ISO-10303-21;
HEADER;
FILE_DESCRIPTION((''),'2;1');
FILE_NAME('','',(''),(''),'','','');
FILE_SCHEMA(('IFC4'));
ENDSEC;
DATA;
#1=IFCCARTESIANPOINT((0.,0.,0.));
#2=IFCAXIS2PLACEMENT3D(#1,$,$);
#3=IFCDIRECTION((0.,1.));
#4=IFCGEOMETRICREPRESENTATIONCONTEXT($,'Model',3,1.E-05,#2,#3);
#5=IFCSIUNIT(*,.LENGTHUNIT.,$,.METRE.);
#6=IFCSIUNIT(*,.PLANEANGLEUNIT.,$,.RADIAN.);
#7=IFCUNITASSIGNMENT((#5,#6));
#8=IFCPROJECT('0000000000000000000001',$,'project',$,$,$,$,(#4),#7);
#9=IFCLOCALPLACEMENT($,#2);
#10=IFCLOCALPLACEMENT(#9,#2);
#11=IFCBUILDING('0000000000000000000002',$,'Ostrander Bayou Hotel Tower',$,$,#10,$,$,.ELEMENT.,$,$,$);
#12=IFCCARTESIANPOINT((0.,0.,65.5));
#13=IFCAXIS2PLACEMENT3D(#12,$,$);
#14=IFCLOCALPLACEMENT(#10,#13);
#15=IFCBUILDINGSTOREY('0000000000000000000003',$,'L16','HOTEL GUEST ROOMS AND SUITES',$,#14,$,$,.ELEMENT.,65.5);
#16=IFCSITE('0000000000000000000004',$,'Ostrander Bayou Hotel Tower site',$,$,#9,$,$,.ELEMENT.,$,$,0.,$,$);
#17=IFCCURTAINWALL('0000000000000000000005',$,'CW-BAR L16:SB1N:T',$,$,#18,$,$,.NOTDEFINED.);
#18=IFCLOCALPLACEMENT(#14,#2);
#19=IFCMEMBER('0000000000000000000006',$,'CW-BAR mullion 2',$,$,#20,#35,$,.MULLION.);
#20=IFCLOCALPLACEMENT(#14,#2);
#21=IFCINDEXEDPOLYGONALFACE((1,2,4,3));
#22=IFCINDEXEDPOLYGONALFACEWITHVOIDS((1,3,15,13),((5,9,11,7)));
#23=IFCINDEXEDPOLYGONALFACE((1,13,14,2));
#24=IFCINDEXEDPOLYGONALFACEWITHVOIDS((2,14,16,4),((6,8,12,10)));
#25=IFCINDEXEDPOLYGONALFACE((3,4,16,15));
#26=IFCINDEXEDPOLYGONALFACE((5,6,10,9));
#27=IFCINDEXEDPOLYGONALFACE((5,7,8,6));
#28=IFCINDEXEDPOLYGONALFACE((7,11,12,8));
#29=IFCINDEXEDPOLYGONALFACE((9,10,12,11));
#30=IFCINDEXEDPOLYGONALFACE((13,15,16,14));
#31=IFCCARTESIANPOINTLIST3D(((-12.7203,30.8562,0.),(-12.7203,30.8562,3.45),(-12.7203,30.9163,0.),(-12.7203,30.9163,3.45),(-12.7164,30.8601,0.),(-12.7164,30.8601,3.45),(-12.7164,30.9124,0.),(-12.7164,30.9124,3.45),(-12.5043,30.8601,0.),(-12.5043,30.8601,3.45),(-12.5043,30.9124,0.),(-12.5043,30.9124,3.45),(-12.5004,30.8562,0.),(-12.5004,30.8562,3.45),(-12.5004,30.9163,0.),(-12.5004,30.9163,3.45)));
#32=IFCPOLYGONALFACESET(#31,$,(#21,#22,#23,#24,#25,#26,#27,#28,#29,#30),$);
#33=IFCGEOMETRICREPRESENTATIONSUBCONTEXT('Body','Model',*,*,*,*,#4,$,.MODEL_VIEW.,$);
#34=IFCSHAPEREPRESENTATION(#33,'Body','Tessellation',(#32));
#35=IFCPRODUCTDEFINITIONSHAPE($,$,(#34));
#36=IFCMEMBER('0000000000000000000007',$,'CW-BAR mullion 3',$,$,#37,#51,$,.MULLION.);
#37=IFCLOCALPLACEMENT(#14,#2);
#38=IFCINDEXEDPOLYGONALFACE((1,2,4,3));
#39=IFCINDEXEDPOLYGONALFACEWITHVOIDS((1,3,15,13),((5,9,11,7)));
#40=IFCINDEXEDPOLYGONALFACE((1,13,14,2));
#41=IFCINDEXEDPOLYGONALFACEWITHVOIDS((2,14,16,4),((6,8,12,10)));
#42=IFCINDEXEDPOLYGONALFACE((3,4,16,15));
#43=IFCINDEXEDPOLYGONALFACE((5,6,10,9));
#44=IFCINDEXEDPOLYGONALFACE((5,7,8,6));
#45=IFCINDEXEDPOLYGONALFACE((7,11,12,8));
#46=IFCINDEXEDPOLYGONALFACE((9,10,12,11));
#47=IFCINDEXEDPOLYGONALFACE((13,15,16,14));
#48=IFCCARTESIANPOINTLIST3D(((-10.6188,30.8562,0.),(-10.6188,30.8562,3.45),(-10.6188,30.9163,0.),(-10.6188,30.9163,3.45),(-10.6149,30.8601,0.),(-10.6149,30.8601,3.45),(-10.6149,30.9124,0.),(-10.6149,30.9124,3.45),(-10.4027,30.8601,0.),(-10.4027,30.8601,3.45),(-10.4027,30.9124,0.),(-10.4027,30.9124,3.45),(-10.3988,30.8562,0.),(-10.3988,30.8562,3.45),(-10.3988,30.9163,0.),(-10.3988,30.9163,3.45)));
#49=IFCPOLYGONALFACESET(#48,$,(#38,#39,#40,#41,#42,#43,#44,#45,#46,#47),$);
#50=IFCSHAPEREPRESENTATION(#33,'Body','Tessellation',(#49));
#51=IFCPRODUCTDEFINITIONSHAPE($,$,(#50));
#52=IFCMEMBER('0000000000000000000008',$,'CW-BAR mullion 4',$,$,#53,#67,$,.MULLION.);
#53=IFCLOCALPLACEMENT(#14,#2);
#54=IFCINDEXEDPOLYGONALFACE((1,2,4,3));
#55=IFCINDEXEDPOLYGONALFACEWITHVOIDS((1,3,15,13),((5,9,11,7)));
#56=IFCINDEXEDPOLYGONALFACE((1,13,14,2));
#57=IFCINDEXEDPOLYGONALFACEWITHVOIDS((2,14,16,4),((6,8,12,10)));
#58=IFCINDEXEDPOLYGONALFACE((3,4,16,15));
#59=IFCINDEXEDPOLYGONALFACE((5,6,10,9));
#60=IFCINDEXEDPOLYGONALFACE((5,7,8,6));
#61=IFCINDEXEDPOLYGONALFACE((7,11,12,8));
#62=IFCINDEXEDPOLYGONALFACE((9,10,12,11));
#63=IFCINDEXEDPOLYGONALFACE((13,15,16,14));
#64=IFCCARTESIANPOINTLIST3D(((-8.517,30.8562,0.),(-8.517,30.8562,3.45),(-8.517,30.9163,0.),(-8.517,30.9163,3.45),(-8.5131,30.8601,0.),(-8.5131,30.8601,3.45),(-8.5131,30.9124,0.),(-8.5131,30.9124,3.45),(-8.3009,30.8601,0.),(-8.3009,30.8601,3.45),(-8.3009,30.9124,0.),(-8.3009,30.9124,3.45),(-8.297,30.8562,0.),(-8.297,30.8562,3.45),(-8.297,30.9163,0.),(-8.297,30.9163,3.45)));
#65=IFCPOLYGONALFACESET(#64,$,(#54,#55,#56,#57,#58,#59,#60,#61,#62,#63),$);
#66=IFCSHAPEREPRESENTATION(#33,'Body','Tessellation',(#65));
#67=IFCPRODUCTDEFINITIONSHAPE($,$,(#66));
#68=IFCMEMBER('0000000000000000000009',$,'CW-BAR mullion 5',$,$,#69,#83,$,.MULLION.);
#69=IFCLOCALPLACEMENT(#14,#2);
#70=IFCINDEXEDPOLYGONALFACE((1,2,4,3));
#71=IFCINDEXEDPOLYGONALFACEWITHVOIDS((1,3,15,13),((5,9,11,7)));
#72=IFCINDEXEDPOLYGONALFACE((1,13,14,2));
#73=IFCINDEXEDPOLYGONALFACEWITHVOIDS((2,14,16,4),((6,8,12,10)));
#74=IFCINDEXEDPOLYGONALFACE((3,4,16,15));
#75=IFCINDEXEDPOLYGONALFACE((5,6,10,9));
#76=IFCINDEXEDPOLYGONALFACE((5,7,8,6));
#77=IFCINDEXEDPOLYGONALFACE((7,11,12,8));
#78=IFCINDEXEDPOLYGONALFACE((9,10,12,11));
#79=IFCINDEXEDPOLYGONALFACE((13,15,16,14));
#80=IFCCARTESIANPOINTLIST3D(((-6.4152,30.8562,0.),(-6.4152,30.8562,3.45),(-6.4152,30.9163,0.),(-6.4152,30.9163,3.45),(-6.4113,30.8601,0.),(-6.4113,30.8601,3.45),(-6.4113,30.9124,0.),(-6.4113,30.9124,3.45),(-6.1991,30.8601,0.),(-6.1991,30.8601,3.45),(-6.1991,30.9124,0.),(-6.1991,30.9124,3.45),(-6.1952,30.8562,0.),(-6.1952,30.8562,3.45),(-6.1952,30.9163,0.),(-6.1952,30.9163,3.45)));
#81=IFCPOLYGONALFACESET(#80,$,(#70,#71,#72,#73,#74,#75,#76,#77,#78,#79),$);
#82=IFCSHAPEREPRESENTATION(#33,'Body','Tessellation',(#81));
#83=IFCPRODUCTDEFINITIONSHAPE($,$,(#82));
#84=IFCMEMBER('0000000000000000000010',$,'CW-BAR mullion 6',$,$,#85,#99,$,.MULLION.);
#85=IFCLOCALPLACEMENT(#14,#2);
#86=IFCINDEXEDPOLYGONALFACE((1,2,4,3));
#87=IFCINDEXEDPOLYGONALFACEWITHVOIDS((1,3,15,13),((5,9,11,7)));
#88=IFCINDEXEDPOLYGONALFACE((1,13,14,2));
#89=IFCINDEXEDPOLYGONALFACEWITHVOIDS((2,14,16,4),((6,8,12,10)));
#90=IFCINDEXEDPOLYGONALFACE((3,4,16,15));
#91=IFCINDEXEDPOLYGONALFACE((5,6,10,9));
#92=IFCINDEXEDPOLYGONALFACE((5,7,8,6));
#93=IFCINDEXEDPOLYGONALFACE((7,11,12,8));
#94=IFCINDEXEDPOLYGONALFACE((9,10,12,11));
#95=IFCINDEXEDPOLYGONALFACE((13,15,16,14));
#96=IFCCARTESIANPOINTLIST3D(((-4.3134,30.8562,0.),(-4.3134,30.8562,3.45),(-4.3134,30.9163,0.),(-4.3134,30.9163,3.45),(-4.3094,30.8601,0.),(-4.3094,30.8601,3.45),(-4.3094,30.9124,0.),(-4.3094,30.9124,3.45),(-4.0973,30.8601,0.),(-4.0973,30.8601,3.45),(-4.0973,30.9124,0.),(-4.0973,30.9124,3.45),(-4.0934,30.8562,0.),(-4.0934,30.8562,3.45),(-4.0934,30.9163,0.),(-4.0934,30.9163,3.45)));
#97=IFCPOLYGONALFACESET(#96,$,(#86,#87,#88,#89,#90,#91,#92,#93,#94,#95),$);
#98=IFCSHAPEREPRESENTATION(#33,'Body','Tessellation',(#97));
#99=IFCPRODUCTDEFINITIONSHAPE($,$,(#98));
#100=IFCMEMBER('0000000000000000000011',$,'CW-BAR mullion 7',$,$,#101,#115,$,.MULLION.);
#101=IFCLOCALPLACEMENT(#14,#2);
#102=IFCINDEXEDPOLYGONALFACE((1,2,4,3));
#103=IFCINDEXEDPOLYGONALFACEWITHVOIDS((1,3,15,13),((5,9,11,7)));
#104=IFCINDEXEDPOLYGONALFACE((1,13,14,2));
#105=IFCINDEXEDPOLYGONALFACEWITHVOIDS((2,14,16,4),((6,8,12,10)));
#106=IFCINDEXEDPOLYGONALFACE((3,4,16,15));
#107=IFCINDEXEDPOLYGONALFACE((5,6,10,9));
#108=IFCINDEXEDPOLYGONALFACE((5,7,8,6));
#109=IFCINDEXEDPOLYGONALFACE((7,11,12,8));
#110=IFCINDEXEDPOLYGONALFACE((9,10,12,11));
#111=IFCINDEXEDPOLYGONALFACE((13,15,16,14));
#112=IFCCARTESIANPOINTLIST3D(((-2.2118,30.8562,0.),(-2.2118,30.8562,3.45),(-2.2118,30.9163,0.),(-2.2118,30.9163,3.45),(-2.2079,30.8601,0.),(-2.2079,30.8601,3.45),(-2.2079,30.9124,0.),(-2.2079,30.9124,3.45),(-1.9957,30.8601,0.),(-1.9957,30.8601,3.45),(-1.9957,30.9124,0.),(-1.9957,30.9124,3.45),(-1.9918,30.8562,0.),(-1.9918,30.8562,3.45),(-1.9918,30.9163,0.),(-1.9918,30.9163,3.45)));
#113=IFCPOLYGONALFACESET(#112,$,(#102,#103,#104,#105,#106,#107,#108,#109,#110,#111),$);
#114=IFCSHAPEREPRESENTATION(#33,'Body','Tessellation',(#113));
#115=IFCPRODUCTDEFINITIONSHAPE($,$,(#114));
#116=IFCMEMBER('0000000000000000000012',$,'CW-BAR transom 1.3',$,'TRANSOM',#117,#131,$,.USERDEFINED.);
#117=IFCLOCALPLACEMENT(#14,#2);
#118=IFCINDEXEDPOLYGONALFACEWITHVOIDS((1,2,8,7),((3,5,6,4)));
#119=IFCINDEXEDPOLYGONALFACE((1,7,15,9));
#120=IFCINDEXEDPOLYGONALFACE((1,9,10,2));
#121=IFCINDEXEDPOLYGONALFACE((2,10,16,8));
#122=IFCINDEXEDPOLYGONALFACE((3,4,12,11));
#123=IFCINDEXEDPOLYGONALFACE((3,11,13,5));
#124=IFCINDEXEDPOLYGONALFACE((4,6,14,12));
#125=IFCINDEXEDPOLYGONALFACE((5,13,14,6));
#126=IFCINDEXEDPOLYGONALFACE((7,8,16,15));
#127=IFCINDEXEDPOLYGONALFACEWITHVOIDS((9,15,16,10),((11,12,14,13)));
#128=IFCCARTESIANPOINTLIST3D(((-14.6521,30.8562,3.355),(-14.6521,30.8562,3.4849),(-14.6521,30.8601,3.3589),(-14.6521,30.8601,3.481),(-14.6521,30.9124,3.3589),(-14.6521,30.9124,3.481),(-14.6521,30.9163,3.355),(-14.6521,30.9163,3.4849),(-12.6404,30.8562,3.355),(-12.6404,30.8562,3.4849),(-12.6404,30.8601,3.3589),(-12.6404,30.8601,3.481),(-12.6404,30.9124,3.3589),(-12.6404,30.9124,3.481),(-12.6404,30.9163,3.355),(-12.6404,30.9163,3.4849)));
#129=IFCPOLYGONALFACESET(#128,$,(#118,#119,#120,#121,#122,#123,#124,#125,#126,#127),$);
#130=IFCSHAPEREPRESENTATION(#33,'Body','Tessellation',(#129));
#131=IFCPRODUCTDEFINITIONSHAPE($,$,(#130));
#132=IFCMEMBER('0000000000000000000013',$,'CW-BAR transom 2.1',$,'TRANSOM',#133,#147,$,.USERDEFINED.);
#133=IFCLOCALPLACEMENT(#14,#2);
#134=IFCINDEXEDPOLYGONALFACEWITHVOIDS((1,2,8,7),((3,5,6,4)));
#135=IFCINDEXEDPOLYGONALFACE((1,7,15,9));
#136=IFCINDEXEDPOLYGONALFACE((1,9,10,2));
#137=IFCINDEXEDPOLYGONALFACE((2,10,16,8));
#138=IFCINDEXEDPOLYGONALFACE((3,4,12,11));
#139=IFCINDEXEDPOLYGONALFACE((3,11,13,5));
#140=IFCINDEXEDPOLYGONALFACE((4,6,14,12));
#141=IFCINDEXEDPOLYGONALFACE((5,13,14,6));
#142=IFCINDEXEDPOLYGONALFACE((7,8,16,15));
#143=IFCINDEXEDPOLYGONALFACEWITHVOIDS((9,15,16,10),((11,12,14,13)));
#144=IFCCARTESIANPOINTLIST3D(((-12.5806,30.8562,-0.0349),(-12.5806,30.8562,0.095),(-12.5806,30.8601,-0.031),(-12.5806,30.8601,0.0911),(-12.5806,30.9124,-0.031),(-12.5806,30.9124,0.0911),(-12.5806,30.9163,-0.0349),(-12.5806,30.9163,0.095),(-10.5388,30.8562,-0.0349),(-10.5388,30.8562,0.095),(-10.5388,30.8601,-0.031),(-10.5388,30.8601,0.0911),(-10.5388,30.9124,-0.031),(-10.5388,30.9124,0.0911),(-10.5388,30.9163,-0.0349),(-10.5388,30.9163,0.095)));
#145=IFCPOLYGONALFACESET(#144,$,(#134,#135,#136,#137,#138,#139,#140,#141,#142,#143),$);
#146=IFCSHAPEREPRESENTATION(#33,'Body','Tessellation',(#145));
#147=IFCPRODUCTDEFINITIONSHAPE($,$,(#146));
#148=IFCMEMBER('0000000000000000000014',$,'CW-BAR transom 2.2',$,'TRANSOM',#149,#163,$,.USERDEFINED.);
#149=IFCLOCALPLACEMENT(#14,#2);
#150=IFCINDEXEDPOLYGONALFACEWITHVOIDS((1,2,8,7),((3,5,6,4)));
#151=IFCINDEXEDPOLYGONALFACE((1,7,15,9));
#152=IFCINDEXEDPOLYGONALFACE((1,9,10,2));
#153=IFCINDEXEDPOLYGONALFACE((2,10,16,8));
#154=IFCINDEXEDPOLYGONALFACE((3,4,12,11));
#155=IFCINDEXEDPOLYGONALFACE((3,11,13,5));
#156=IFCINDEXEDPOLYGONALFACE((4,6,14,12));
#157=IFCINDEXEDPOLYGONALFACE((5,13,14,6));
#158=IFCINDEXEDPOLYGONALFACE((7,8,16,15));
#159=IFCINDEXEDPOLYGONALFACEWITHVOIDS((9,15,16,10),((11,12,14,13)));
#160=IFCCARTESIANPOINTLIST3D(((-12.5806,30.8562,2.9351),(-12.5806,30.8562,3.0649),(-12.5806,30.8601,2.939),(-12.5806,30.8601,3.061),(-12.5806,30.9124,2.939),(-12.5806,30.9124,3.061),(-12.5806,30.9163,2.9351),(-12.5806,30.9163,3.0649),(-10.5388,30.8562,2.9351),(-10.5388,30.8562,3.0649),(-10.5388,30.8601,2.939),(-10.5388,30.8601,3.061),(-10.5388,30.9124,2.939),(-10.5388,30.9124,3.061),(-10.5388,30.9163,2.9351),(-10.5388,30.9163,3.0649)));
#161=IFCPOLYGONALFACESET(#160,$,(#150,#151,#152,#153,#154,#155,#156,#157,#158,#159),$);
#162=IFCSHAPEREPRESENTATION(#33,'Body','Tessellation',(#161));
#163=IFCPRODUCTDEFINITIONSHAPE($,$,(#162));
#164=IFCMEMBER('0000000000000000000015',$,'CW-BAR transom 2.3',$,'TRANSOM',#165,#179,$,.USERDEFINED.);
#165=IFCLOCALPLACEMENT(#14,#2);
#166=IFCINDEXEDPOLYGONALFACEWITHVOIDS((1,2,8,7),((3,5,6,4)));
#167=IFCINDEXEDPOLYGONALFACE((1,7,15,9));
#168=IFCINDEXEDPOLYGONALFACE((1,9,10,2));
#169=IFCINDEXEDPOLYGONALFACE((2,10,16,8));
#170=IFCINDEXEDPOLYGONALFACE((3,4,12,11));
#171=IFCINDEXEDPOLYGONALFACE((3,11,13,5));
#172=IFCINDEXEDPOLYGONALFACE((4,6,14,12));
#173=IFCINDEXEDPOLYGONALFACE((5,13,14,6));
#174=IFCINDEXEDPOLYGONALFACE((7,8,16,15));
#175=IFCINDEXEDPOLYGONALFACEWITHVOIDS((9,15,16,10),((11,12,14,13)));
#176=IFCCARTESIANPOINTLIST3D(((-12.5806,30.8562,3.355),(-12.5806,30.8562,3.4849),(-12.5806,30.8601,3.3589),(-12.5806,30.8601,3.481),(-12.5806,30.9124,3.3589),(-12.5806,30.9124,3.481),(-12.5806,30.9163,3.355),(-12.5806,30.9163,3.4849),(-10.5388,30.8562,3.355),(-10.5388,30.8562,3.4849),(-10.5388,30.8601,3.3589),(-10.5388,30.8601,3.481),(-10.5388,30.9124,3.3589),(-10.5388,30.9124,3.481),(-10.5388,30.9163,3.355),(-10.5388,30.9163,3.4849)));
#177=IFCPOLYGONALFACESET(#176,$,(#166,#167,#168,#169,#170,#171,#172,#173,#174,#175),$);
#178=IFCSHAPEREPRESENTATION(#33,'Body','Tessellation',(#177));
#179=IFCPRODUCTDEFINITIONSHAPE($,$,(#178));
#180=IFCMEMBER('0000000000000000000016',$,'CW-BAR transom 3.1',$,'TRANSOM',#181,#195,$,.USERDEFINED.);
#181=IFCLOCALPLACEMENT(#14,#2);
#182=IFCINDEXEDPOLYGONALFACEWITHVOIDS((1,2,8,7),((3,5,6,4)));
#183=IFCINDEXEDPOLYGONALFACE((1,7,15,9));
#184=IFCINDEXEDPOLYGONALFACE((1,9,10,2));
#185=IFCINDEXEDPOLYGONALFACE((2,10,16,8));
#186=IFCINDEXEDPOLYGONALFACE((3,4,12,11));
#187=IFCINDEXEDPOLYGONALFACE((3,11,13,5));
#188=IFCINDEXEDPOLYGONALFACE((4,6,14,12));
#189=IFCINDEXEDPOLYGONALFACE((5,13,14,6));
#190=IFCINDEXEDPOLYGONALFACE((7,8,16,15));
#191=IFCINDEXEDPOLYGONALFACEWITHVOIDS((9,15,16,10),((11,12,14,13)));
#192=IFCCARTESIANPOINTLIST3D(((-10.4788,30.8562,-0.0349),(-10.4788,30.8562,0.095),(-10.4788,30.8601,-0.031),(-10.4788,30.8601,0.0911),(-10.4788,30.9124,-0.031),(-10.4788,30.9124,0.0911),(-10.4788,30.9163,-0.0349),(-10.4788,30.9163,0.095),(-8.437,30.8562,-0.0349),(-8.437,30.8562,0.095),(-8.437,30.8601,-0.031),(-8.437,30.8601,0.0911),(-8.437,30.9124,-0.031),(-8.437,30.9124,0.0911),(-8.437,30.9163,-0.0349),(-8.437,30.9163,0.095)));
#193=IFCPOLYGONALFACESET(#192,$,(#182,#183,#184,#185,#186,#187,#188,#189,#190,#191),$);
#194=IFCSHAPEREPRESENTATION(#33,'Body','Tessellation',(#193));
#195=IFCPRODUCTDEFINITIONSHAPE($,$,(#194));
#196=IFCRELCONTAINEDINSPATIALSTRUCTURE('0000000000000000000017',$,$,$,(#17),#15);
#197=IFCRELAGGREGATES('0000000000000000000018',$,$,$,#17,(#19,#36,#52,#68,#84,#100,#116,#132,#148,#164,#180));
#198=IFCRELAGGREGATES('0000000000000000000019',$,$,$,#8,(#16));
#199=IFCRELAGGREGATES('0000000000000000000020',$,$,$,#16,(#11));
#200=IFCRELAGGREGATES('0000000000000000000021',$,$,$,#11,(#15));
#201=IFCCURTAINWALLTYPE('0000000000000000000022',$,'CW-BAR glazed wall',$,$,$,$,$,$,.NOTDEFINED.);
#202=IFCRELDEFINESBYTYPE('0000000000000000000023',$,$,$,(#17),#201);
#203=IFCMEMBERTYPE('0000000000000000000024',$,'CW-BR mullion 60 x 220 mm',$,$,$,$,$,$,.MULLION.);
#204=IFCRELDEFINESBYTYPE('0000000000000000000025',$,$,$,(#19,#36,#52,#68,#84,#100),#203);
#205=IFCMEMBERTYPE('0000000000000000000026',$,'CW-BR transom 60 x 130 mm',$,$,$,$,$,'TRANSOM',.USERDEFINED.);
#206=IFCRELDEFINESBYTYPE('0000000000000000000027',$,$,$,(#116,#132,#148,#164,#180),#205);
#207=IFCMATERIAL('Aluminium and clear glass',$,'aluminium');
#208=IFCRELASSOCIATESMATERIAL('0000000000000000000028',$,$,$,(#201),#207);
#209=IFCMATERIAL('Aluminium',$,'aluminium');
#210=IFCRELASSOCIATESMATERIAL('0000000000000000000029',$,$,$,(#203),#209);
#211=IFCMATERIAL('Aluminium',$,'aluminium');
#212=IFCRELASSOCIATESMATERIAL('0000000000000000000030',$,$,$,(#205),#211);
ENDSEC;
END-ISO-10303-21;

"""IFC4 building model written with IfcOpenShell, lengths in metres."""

from ifc_helpers import new_model, si_unit, direction, frame, origin, origin_2d, place, context, subcontext, project, spatial, hollow_rectangle, extrude, material, material_profile, profile_set, type_object, element, aggregate, save


model = new_model("IFC4")

# Units and contexts
model_context = context("Model", 3, precision=1e-05, world=origin(), true_north=direction((0.0, 1.0)))
body_context = subcontext(model_context, "Body", "Model", "MODEL_VIEW")
ifc_project = project(units=[si_unit("LENGTHUNIT", "METRE"), si_unit("PLANEANGLEUNIT", "RADIAN")], contexts=[model_context])

# Site, building, storey
site_placement = place(None, origin())
site = spatial("IfcSite", under=ifc_project, at=site_placement, Name="Ostrander Bayou Hotel Tower site", CompositionType="ELEMENT", RefElevation=0.0)
building_placement = place(site_placement, origin())
building = spatial("IfcBuilding", under=site, at=building_placement, Name="Ostrander Bayou Hotel Tower", CompositionType="ELEMENT")
storey_placement = place(building_placement, frame((0.0, 0.0, 65.5)))
storey = spatial("IfcBuildingStorey", under=building, at=storey_placement, Name="L16", Description="HOTEL GUEST ROOMS AND SUITES", CompositionType="ELEMENT", Elevation=65.5)

# Curtain wall, members
ifc_material_1 = material(Name="Aluminium and clear glass", Category="aluminium")
curtain_wall_type = type_object("IfcCurtainWallType", Name="CW-BAR glazed wall", PredefinedType="NOTDEFINED", material=ifc_material_1)
curtain_wall_placement = place(storey_placement, origin())
curtain_wall = element("IfcCurtainWall", 1, at=curtain_wall_placement, inside=storey, type_object=curtain_wall_type, Name="CW-BAR L16:SB1N:T", PredefinedType="NOTDEFINED")
ifc_material_2 = material(Name="Aluminium", Category="aluminium")
ifc_material_profile_1 = material_profile(ifc_material_2, hollow_rectangle(XDim=0.0601, YDim=0.22, WallThickness=0.0039, at=origin_2d()))
ifc_profile_set_1 = profile_set([ifc_material_profile_1], Name="Aluminium")
member_type_1 = type_object("IfcMemberType", Name="CW-BR mullion 60 x 220 mm", PredefinedType="MULLION", material=ifc_profile_set_1)
member_1_placement = place(storey_placement, frame((-12.6104, 30.8862, 0.0), z_axis=(0.0, 0.0, 1.0), x_axis=(0.0, 1.0, 0.0)))
member_1 = element("IfcMember", 2, at=member_1_placement, type_object=member_type_1, Name="CW-BAR mullion 2", PredefinedType="MULLION", context=body_context, shape_type="SweptSolid", body=[
    extrude(hollow_rectangle(XDim=0.0601, YDim=0.22, WallThickness=0.0039, at=origin_2d()), origin(), (0.0, 0.0, 1.0), 3.45),
])
member_2_placement = place(storey_placement, frame((-10.5088, 30.8862, 0.0), z_axis=(0.0, 0.0, 1.0), x_axis=(0.0, 1.0, 0.0)))
member_2 = element("IfcMember", 3, at=member_2_placement, type_object=member_type_1, Name="CW-BAR mullion 3", PredefinedType="MULLION", context=body_context, shape_type="SweptSolid", body=[
    extrude(hollow_rectangle(XDim=0.0601, YDim=0.22, WallThickness=0.0039, at=origin_2d()), origin(), (0.0, 0.0, 1.0), 3.45),
])
member_3_placement = place(storey_placement, frame((-8.407, 30.8862, 0.0), z_axis=(0.0, 0.0, 1.0), x_axis=(0.0, 1.0, 0.0)))
member_3 = element("IfcMember", 4, at=member_3_placement, type_object=member_type_1, Name="CW-BAR mullion 4", PredefinedType="MULLION", context=body_context, shape_type="SweptSolid", body=[
    extrude(hollow_rectangle(XDim=0.0601, YDim=0.22, WallThickness=0.0039, at=origin_2d()), origin(), (0.0, 0.0, 1.0), 3.45),
])
member_4_placement = place(storey_placement, frame((-6.3052, 30.8862, 0.0), z_axis=(0.0, 0.0, 1.0), x_axis=(0.0, 1.0, 0.0)))
member_4 = element("IfcMember", 5, at=member_4_placement, type_object=member_type_1, Name="CW-BAR mullion 5", PredefinedType="MULLION", context=body_context, shape_type="SweptSolid", body=[
    extrude(hollow_rectangle(XDim=0.0601, YDim=0.22, WallThickness=0.0039, at=origin_2d()), origin(), (0.0, 0.0, 1.0), 3.45),
])
member_5_placement = place(storey_placement, frame((-4.2034, 30.8862, 0.0), z_axis=(0.0, 0.0, 1.0), x_axis=(0.0, 1.0, 0.0)))
member_5 = element("IfcMember", 6, at=member_5_placement, type_object=member_type_1, Name="CW-BAR mullion 6", PredefinedType="MULLION", context=body_context, shape_type="SweptSolid", body=[
    extrude(hollow_rectangle(XDim=0.0601, YDim=0.22, WallThickness=0.0039, at=origin_2d()), origin(), (0.0, 0.0, 1.0), 3.45),
])
member_6_placement = place(storey_placement, frame((-2.1018, 30.8862, 0.0), z_axis=(0.0, 0.0, 1.0), x_axis=(0.0, 1.0, 0.0)))
member_6 = element("IfcMember", 7, at=member_6_placement, type_object=member_type_1, Name="CW-BAR mullion 7", PredefinedType="MULLION", context=body_context, shape_type="SweptSolid", body=[
    extrude(hollow_rectangle(XDim=0.0601, YDim=0.22, WallThickness=0.0039, at=origin_2d()), origin(), (0.0, 0.0, 1.0), 3.45),
])
ifc_material_3 = material(Name="Aluminium", Category="aluminium")
ifc_material_profile_2 = material_profile(ifc_material_3, hollow_rectangle(XDim=0.0601, YDim=0.1299, WallThickness=0.0039, at=origin_2d()))
ifc_profile_set_2 = profile_set([ifc_material_profile_2], Name="Aluminium")
member_type_2 = type_object("IfcMemberType", Name="CW-BR transom 60 x 130 mm", ElementType="TRANSOM", PredefinedType="USERDEFINED", material=ifc_profile_set_2)
member_7_placement = place(storey_placement, frame((-14.6521, 30.8862, 3.4199), z_axis=(1.0, 0.0, 0.0), x_axis=(0.0, 1.0, 0.0)))
member_7 = element("IfcMember", 8, at=member_7_placement, type_object=member_type_2, Name="CW-BAR transom 1.3", ObjectType="TRANSOM", PredefinedType="USERDEFINED", context=body_context, shape_type="SweptSolid", body=[
    extrude(hollow_rectangle(XDim=0.0601, YDim=0.1299, WallThickness=0.0039, at=origin_2d()), origin(), (0.0, 0.0, 1.0), 2.0117),
])
member_8_placement = place(storey_placement, frame((-12.5806, 30.8862, 0.03), z_axis=(1.0, 0.0, 0.0), x_axis=(0.0, 1.0, 0.0)))
member_8 = element("IfcMember", 9, at=member_8_placement, type_object=member_type_2, Name="CW-BAR transom 2.1", ObjectType="TRANSOM", PredefinedType="USERDEFINED", context=body_context, shape_type="SweptSolid", body=[
    extrude(hollow_rectangle(XDim=0.0601, YDim=0.1299, WallThickness=0.0039, at=origin_2d()), origin(), (0.0, 0.0, 1.0), 2.0417),
])
member_9_placement = place(storey_placement, frame((-12.5806, 30.8862, 3.0), z_axis=(1.0, 0.0, 0.0), x_axis=(0.0, 1.0, 0.0)))
member_9 = element("IfcMember", 10, at=member_9_placement, type_object=member_type_2, Name="CW-BAR transom 2.2", ObjectType="TRANSOM", PredefinedType="USERDEFINED", context=body_context, shape_type="SweptSolid", body=[
    extrude(hollow_rectangle(XDim=0.0601, YDim=0.1299, WallThickness=0.0039, at=origin_2d()), origin(), (0.0, 0.0, 1.0), 2.0417),
])
member_10_placement = place(storey_placement, frame((-12.5806, 30.8862, 3.4199), z_axis=(1.0, 0.0, 0.0), x_axis=(0.0, 1.0, 0.0)))
member_10 = element("IfcMember", 11, at=member_10_placement, type_object=member_type_2, Name="CW-BAR transom 2.3", ObjectType="TRANSOM", PredefinedType="USERDEFINED", context=body_context, shape_type="SweptSolid", body=[
    extrude(hollow_rectangle(XDim=0.0601, YDim=0.1299, WallThickness=0.0039, at=origin_2d()), origin(), (0.0, 0.0, 1.0), 2.0417),
])
member_11_placement = place(storey_placement, frame((-10.4788, 30.8862, 0.03), z_axis=(1.0, 0.0, 0.0), x_axis=(0.0, 1.0, 0.0)))
member_11 = element("IfcMember", 12, at=member_11_placement, type_object=member_type_2, Name="CW-BAR transom 3.1", ObjectType="TRANSOM", PredefinedType="USERDEFINED", context=body_context, shape_type="SweptSolid", body=[
    extrude(hollow_rectangle(XDim=0.0601, YDim=0.1299, WallThickness=0.0039, at=origin_2d()), origin(), (0.0, 0.0, 1.0), 2.0417),
])
aggregate(curtain_wall, [member_1, member_2, member_3, member_4, member_5, member_6, member_7, member_8, member_9, member_10, member_11])

save(model, "model.ifc")
